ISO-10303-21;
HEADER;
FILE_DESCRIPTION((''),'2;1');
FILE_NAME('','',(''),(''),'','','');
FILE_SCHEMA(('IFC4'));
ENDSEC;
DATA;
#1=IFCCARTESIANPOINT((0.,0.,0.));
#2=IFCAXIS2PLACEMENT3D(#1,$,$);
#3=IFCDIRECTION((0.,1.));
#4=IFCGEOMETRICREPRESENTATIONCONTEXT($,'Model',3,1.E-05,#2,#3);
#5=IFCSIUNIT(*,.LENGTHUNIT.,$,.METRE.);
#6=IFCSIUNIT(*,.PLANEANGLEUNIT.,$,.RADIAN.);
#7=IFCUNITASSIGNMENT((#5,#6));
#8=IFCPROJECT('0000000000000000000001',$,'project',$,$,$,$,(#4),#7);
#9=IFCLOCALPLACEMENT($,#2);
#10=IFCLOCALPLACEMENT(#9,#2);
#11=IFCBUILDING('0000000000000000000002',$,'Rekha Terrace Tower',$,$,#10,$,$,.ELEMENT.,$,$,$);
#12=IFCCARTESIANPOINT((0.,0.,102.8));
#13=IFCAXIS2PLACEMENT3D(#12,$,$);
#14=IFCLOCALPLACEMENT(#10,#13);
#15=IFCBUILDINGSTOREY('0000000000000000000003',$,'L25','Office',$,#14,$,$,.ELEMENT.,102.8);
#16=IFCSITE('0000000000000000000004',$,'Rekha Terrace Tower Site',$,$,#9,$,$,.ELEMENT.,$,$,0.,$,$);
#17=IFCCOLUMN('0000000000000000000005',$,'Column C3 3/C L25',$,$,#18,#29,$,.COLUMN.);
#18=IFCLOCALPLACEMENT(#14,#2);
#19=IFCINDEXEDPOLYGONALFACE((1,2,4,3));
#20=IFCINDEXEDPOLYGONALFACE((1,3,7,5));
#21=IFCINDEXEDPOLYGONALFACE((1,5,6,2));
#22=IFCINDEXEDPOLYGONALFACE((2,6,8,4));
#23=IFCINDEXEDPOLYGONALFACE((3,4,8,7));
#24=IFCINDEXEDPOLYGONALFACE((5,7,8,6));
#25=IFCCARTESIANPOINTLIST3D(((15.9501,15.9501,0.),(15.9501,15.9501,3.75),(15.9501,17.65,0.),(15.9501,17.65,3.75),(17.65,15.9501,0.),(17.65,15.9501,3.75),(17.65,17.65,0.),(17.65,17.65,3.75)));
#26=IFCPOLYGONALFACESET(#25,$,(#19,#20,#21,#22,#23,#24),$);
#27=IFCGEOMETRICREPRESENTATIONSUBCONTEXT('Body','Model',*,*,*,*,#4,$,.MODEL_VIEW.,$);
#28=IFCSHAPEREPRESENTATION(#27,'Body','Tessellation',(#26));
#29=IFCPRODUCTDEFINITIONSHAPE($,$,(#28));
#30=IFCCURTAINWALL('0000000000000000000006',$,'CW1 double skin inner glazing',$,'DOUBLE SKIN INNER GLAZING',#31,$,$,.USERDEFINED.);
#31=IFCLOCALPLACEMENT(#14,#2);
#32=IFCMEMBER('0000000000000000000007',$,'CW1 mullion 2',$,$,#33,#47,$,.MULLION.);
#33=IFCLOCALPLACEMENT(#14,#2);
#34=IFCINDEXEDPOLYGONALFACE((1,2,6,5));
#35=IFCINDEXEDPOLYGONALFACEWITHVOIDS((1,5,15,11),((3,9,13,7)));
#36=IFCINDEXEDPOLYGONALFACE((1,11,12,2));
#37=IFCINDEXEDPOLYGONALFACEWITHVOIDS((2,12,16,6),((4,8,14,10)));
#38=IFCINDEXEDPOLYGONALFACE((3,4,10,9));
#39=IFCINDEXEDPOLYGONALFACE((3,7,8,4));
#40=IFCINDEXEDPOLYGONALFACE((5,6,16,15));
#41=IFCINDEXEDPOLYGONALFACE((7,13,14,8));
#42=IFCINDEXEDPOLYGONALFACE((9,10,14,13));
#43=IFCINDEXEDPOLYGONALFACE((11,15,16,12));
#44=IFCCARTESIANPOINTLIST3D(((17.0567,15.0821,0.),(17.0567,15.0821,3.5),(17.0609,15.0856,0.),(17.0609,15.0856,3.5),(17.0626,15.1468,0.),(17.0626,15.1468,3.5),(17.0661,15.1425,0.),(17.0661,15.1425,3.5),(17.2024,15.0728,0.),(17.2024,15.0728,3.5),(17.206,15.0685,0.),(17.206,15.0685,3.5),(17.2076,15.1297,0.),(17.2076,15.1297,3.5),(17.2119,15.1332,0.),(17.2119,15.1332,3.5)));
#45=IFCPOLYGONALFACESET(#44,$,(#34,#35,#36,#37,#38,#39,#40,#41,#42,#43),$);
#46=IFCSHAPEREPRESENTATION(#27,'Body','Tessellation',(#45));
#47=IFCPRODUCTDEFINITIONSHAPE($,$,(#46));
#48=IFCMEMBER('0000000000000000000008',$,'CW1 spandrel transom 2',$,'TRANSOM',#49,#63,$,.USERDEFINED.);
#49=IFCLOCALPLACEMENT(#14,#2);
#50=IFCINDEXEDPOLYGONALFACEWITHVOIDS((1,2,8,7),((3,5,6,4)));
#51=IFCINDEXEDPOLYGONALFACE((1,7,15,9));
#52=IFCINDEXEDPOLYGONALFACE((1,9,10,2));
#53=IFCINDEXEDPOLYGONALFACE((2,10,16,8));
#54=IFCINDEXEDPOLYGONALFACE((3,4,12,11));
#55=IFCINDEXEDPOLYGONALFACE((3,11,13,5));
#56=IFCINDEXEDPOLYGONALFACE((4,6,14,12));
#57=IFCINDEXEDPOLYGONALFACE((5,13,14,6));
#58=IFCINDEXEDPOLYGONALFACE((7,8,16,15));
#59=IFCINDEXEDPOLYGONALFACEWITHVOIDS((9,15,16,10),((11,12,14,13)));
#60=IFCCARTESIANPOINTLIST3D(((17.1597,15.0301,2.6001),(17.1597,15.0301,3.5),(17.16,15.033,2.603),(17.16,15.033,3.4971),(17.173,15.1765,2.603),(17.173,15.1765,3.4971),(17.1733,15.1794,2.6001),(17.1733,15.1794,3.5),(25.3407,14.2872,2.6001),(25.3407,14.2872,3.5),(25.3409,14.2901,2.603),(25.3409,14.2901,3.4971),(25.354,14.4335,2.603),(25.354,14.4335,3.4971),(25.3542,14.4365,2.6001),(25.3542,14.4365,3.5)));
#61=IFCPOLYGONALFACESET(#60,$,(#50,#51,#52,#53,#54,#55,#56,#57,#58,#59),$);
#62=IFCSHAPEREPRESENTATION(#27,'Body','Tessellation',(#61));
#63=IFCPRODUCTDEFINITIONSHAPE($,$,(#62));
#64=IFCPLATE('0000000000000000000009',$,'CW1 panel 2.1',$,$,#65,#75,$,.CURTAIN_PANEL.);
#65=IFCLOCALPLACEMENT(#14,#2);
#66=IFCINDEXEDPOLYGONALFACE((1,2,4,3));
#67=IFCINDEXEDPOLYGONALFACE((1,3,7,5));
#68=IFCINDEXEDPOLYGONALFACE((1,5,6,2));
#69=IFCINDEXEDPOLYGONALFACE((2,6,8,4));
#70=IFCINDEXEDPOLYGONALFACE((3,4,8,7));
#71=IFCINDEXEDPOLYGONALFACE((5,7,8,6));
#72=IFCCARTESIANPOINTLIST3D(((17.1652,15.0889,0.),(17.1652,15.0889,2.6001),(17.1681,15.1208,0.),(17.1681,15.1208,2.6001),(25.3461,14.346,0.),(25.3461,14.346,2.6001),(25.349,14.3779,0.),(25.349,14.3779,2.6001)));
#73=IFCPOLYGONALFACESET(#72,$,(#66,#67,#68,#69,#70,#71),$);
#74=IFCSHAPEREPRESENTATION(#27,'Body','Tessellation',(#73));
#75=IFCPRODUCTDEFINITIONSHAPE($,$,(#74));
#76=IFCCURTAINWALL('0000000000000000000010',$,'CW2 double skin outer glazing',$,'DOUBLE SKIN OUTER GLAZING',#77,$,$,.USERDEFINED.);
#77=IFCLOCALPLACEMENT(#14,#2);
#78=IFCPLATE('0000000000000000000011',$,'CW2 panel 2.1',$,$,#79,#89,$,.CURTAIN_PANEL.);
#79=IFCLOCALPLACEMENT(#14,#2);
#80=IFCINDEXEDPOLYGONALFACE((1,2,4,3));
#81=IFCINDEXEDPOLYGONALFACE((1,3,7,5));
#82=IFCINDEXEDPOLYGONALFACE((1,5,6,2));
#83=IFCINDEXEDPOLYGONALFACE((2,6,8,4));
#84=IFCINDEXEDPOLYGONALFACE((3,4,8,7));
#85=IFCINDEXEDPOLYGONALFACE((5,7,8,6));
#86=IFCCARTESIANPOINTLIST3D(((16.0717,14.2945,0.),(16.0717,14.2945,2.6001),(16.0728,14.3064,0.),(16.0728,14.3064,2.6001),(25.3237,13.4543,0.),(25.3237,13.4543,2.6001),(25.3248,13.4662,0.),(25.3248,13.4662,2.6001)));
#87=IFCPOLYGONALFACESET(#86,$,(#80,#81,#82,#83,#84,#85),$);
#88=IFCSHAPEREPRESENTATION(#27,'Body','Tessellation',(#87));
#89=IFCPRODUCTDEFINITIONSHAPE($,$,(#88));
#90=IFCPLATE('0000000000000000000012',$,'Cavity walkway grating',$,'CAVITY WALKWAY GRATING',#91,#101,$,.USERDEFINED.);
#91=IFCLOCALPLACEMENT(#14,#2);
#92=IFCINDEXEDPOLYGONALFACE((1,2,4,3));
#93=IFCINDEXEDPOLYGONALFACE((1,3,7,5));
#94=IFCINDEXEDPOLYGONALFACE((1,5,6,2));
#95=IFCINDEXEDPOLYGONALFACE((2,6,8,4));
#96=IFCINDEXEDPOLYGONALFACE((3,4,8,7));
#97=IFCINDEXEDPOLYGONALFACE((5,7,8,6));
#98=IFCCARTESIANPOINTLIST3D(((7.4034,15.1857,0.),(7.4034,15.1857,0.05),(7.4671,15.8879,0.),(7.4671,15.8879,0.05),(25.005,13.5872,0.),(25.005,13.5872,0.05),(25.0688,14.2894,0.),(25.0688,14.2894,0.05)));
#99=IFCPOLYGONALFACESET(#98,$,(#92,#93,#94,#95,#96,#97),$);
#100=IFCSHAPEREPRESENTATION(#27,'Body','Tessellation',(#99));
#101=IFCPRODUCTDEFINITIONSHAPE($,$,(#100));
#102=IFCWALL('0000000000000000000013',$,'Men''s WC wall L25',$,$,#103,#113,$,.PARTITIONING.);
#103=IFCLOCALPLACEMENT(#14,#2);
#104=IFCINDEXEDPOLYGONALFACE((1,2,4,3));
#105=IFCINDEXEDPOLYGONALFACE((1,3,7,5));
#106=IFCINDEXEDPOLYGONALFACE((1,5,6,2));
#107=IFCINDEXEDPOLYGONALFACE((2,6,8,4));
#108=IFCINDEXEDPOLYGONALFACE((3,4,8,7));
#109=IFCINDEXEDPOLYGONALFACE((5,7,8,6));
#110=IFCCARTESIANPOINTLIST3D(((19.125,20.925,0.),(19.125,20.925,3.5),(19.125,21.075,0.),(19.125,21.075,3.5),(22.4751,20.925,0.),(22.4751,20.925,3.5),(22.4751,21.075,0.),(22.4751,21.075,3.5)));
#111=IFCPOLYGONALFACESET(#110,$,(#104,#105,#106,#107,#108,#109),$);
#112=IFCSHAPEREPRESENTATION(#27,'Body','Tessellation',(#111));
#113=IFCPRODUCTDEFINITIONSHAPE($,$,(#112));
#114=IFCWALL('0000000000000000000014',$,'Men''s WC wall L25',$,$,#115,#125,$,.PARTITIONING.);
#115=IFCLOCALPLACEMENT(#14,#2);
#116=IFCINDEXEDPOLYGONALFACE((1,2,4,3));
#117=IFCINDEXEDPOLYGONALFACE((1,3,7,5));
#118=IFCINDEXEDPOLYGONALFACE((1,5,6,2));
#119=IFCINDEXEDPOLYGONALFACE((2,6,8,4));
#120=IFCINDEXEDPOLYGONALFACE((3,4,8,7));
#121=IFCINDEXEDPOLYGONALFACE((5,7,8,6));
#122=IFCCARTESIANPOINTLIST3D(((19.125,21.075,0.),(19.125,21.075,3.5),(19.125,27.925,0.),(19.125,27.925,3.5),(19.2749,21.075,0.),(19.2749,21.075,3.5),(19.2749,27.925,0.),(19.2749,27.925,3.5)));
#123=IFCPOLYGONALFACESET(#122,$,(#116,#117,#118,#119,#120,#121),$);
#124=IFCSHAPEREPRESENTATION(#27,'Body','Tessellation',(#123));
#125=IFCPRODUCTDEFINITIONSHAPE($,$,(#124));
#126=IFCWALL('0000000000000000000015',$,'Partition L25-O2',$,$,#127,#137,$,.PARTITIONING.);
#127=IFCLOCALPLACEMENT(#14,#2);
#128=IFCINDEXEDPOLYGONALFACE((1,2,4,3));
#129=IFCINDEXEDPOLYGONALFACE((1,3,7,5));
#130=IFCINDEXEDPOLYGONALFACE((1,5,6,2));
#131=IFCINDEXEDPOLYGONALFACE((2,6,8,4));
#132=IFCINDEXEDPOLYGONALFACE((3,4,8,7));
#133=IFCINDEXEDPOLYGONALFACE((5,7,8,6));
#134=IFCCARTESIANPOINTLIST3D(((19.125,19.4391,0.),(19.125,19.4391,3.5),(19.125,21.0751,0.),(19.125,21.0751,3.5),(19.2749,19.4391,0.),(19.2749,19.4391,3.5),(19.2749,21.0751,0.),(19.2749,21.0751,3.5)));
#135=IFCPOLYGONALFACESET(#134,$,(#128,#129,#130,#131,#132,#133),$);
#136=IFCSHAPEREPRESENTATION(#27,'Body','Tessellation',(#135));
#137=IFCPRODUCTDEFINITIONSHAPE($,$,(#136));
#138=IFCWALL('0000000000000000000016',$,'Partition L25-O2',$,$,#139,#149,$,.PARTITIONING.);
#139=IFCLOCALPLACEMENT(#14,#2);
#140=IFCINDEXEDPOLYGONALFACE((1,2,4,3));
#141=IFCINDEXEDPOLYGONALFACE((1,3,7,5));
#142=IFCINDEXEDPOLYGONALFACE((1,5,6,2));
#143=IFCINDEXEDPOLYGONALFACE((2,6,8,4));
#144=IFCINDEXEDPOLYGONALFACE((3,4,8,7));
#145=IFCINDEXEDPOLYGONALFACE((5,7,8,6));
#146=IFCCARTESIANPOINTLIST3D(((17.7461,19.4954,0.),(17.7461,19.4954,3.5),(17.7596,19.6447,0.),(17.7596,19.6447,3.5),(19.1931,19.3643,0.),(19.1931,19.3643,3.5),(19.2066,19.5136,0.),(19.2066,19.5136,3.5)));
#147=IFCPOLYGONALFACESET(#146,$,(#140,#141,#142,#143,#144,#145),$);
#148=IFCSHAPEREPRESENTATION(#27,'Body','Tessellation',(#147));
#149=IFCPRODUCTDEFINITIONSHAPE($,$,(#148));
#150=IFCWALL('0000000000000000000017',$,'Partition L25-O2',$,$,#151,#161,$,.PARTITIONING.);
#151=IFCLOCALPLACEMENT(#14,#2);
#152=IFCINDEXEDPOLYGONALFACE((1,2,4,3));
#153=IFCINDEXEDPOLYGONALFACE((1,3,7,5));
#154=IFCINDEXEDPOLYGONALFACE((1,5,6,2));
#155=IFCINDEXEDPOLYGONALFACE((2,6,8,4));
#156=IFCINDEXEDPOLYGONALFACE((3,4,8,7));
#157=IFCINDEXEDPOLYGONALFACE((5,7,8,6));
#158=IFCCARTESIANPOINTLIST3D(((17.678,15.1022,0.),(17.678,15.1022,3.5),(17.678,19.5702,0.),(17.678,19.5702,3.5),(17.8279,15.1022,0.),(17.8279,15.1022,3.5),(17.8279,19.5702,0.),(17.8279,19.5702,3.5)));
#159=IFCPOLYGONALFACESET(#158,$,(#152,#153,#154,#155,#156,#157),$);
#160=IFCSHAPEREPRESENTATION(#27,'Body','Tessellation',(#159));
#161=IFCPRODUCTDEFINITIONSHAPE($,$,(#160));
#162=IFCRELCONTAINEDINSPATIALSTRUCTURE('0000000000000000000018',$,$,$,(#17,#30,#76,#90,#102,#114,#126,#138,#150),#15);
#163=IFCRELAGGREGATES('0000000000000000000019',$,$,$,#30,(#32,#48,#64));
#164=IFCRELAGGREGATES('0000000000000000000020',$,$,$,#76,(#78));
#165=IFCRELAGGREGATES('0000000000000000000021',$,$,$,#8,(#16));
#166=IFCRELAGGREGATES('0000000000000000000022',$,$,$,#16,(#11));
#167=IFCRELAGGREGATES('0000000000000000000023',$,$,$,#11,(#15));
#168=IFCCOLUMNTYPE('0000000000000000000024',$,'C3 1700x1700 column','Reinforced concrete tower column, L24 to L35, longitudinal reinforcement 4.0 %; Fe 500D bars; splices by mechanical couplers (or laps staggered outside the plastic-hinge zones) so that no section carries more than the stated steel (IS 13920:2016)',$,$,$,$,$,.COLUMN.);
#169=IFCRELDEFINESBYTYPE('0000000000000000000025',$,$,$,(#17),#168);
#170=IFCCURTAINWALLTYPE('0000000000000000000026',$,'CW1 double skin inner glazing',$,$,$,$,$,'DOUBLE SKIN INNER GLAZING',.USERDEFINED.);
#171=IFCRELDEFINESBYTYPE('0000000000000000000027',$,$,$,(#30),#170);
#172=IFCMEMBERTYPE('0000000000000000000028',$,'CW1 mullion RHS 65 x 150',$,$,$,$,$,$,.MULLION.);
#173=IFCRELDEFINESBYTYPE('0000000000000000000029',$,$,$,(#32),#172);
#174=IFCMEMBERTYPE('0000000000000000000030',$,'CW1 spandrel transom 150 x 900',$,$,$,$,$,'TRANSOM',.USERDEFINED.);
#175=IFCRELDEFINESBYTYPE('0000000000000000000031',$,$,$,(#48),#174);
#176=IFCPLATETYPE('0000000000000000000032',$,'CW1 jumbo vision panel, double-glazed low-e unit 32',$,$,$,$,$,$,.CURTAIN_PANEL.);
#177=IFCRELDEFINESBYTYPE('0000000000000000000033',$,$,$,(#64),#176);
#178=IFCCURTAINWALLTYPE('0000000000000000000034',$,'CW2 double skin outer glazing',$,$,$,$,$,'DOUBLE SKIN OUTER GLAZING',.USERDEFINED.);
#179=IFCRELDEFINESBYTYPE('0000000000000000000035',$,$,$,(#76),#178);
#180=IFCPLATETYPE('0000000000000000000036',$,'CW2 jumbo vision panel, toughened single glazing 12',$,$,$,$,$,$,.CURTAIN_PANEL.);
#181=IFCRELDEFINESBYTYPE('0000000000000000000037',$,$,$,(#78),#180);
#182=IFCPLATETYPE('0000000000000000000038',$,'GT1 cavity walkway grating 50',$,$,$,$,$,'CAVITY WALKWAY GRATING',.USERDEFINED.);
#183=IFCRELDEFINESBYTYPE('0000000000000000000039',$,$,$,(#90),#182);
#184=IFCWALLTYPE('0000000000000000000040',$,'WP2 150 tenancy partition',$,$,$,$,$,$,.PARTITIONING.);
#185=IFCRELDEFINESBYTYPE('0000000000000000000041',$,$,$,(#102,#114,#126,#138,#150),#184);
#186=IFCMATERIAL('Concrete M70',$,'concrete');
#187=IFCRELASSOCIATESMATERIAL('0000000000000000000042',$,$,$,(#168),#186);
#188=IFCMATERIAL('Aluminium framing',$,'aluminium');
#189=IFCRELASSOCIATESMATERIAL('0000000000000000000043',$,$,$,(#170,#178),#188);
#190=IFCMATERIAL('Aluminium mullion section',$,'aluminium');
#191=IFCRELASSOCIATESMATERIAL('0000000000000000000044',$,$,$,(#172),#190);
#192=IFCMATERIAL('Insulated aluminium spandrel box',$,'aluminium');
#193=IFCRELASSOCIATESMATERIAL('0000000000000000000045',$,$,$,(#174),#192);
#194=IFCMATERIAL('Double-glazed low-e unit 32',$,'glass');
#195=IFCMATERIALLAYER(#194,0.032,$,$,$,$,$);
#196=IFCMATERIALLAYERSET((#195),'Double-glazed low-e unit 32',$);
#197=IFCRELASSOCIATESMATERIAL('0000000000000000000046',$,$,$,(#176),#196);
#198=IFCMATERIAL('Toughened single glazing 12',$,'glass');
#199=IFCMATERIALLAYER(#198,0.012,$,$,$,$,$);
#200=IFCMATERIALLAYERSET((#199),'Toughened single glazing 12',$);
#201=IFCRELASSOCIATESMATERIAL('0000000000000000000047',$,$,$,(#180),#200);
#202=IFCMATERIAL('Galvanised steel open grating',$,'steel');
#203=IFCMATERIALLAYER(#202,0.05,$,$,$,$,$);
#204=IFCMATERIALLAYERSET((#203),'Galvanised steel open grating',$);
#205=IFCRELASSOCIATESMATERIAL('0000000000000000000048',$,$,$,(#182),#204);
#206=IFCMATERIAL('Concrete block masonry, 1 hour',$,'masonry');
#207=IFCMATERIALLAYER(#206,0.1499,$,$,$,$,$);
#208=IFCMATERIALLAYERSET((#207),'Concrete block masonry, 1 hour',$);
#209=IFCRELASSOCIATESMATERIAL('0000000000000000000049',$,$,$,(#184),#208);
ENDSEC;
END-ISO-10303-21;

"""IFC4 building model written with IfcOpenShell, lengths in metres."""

from ifc_helpers import new_model, si_unit, direction, frame, frame_2d, origin, origin_2d, place, context, subcontext, project, spatial, rectangle, hollow_rectangle, extrude, material, layer, layer_set, material_profile, profile_set, type_object, element, aggregate, save


model = new_model("IFC4")

# Units and contexts
model_context = context("Model", 3, precision=1e-05, world=origin(), true_north=direction((0.0, 1.0)))
body_context = subcontext(model_context, "Body", "Model", "MODEL_VIEW")
ifc_project = project(units=[si_unit("LENGTHUNIT", "METRE"), si_unit("PLANEANGLEUNIT", "RADIAN")], contexts=[model_context])

# Site, building, storey
site_placement = place(None, origin())
site = spatial("IfcSite", under=ifc_project, at=site_placement, Name="Rekha Terrace Tower Site", CompositionType="ELEMENT", RefElevation=0.0)
building_placement = place(site_placement, origin())
building = spatial("IfcBuilding", under=site, at=building_placement, Name="Rekha Terrace Tower", CompositionType="ELEMENT")
storey_placement = place(building_placement, frame((0.0, 0.0, 102.8)))
storey = spatial("IfcBuildingStorey", under=building, at=storey_placement, Name="L25", Description="Office", CompositionType="ELEMENT", Elevation=102.8)

# Column
ifc_material_1 = material(Name="Concrete M70", Category="concrete")
ifc_material_profile_1 = material_profile(ifc_material_1, rectangle(XDim=1.7, YDim=1.7, at=origin_2d()), Name="RC 1700x1700")
ifc_profile_set_1 = profile_set([ifc_material_profile_1], Name="Concrete M70")
column_type = type_object("IfcColumnType", Name="C3 1700x1700 column", Description="Reinforced concrete tower column, L24 to L35, longitudinal reinforcement 4.0 %; Fe 500D bars; splices by mechanical couplers (or laps staggered outside the plastic-hinge zones) so that no section carries more than the stated steel (IS 13920:2016)", PredefinedType="COLUMN", material=ifc_profile_set_1)
column_placement = place(storey_placement, frame((16.8, 16.8, 0.0), z_axis=(0.0, 0.0, 1.0), x_axis=(1.0, 0.0, 0.0)))
element("IfcColumn", 1, at=column_placement, inside=storey, type_object=column_type, Name="Column C3 3/C L25", PredefinedType="COLUMN", context=body_context, shape_type="SweptSolid", body=[
    extrude(rectangle(XDim=1.7, YDim=1.7, at=origin_2d()), origin(), (0.0, 0.0, 1.0), 3.75),
])

# Curtain wall, members, plate
ifc_material_2 = material(Name="Aluminium framing", Category="aluminium")
curtain_wall_type_1 = type_object("IfcCurtainWallType", Name="CW1 double skin inner glazing", ElementType="DOUBLE SKIN INNER GLAZING", PredefinedType="USERDEFINED", material=ifc_material_2)
curtain_wall_1_placement = place(storey_placement, origin())
curtain_wall_1 = element("IfcCurtainWall", 2, at=curtain_wall_1_placement, inside=storey, type_object=curtain_wall_type_1, Name="CW1 double skin inner glazing", ObjectType="DOUBLE SKIN INNER GLAZING", PredefinedType="USERDEFINED")
ifc_material_3 = material(Name="Aluminium mullion section", Category="aluminium")
ifc_material_profile_2 = material_profile(ifc_material_3, hollow_rectangle(XDim=0.0649, YDim=0.1499, WallThickness=0.0039, at=origin_2d()), Name="AL RHS 65x150")
ifc_profile_set_2 = profile_set([ifc_material_profile_2], Name="Aluminium mullion section")
member_type_1 = type_object("IfcMemberType", Name="CW1 mullion RHS 65 x 150", PredefinedType="MULLION", material=ifc_profile_set_2)
member_1_placement = place(storey_placement, frame((17.1343, 15.1077, 0.0), z_axis=(0.0, 0.0, 1.0), x_axis=(0.09044, 0.995902, 0.0)))
member_1 = element("IfcMember", 3, at=member_1_placement, type_object=member_type_1, Name="CW1 mullion 2", PredefinedType="MULLION", context=body_context, shape_type="SweptSolid", body=[
    extrude(hollow_rectangle(XDim=0.0649, YDim=0.1499, WallThickness=0.0039, at=origin_2d()), origin(), (0.0, 0.0, 1.0), 3.5),
])
ifc_material_4 = material(Name="Insulated aluminium spandrel box", Category="aluminium")
ifc_material_profile_3 = material_profile(ifc_material_4, hollow_rectangle(XDim=0.1499, YDim=0.8999, WallThickness=0.0029, at=origin_2d()), Name="AL SPANDREL BOX 150x900")
ifc_profile_set_3 = profile_set([ifc_material_profile_3], Name="Insulated aluminium spandrel box")
member_type_2 = type_object("IfcMemberType", Name="CW1 spandrel transom 150 x 900", ElementType="TRANSOM", PredefinedType="USERDEFINED", material=ifc_profile_set_3)
member_2_placement = place(storey_placement, frame((17.1665, 15.1047, 3.05), z_axis=(0.995902, -0.090439, 0.0), x_axis=(0.090439, 0.995902, 0.0)))
member_2 = element("IfcMember", 4, at=member_2_placement, type_object=member_type_2, Name="CW1 spandrel transom 2", ObjectType="TRANSOM", PredefinedType="USERDEFINED", context=body_context, shape_type="SweptSolid", body=[
    extrude(hollow_rectangle(XDim=0.1499, YDim=0.8999, WallThickness=0.0029, at=origin_2d()), origin(), (0.0, 0.0, 1.0), 8.2146),
])
ifc_material_5 = material(Name="Double-glazed low-e unit 32", Category="glass")
ifc_layer_1 = layer(ifc_material_5, 0.032)
ifc_layer_set_1 = layer_set([ifc_layer_1], Name="Double-glazed low-e unit 32")
plate_type_1 = type_object("IfcPlateType", Name="CW1 jumbo vision panel, double-glazed low-e unit 32", PredefinedType="CURTAIN_PANEL", material=ifc_layer_set_1)
plate_1_placement = place(storey_placement, frame((21.2571, 14.7334, 0.0), z_axis=(0.0, 0.0, 1.0), x_axis=(0.995902, -0.09044, 0.0)))
plate_1 = element("IfcPlate", 5, at=plate_1_placement, type_object=plate_type_1, Name="CW1 panel 2.1", PredefinedType="CURTAIN_PANEL", context=body_context, shape_type="SweptSolid", body=[
    extrude(rectangle(XDim=8.2146, YDim=0.032, at=origin_2d()), origin(), (0.0, 0.0, 1.0), 2.6001),
])
aggregate(curtain_wall_1, [member_1, member_2, plate_1])

# Curtain wall, plate
curtain_wall_type_2 = type_object("IfcCurtainWallType", Name="CW2 double skin outer glazing", ElementType="DOUBLE SKIN OUTER GLAZING", PredefinedType="USERDEFINED", material=ifc_material_2)
curtain_wall_2_placement = place(storey_placement, origin())
curtain_wall_2 = element("IfcCurtainWall", 6, at=curtain_wall_2_placement, inside=storey, type_object=curtain_wall_type_2, Name="CW2 double skin outer glazing", ObjectType="DOUBLE SKIN OUTER GLAZING", PredefinedType="USERDEFINED")
ifc_material_6 = material(Name="Toughened single glazing 12", Category="glass")
ifc_layer_2 = layer(ifc_material_6, 0.012)
ifc_layer_set_2 = layer_set([ifc_layer_2], Name="Toughened single glazing 12")
plate_type_2 = type_object("IfcPlateType", Name="CW2 jumbo vision panel, toughened single glazing 12", PredefinedType="CURTAIN_PANEL", material=ifc_layer_set_2)
plate_2_placement = place(storey_placement, frame((20.6982, 13.8804, 0.0), z_axis=(0.0, 0.0, 1.0), x_axis=(0.995902, -0.09044, 0.0)))
plate_2 = element("IfcPlate", 7, at=plate_2_placement, type_object=plate_type_2, Name="CW2 panel 2.1", PredefinedType="CURTAIN_PANEL", context=body_context, shape_type="SweptSolid", body=[
    extrude(rectangle(XDim=9.29, YDim=0.012, at=origin_2d()), origin(), (0.0, 0.0, 1.0), 2.6001),
])
aggregate(curtain_wall_2, [plate_2])

# Plate
ifc_material_7 = material(Name="Galvanised steel open grating", Category="steel")
ifc_layer_3 = layer(ifc_material_7, 0.05)
ifc_layer_set_3 = layer_set([ifc_layer_3], Name="Galvanised steel open grating")
plate_type_3 = type_object("IfcPlateType", Name="GT1 cavity walkway grating 50", ElementType="CAVITY WALKWAY GRATING", PredefinedType="USERDEFINED", material=ifc_layer_set_3)
plate_3_placement = place(storey_placement, frame((16.2361, 14.7375, 0.0), z_axis=(0.0, 0.0, 1.0), x_axis=(0.995902, -0.09044, 0.0)))
element("IfcPlate", 8, at=plate_3_placement, inside=storey, type_object=plate_type_3, Name="Cavity walkway grating", ObjectType="CAVITY WALKWAY GRATING", PredefinedType="USERDEFINED", context=body_context, shape_type="SweptSolid", body=[
    extrude(rectangle(XDim=17.6741, YDim=0.7051, at=origin_2d()), origin(), (0.0, 0.0, 1.0), 0.05),
])

# Walls
ifc_material_8 = material(Name="Concrete block masonry, 1 hour", Category="masonry")
ifc_layer_4 = layer(ifc_material_8, 0.1499)
ifc_layer_set_4 = layer_set([ifc_layer_4], Name="Concrete block masonry, 1 hour")
wall_type_1 = type_object("IfcWallType", Name="WP2 150 tenancy partition", PredefinedType="PARTITIONING", material=ifc_layer_set_4)
wall_1_placement = place(storey_placement, frame((19.125, 21.0, 0.0), z_axis=(0.0, 0.0, 1.0), x_axis=(1.0, 0.0, 0.0)))
element("IfcWall", 9, at=wall_1_placement, inside=storey, type_object=wall_type_1, Name="Men's WC wall L25", PredefinedType="PARTITIONING", context=body_context, shape_type="SweptSolid", body=[
    extrude(rectangle(XDim=3.3501, YDim=0.1499, at=frame_2d((1.675, 0.0))), origin(), (0.0, 0.0, 1.0), 3.5),
])
wall_2_placement = place(storey_placement, frame((19.2, 21.075, 0.0), z_axis=(0.0, 0.0, 1.0), x_axis=(0.0, 1.0, 0.0)))
element("IfcWall", 10, at=wall_2_placement, inside=storey, type_object=wall_type_1, Name="Men's WC wall L25", PredefinedType="PARTITIONING", context=body_context, shape_type="SweptSolid", body=[
    extrude(rectangle(XDim=6.8501, YDim=0.1499, at=frame_2d((3.425, 0.0))), origin(), (0.0, 0.0, 1.0), 3.5),
])
wall_3_placement = place(storey_placement, frame((19.2, 21.075, 0.0), z_axis=(0.0, 0.0, 1.0), x_axis=(0.0, -1.0, 0.0)))
element("IfcWall", 11, at=wall_3_placement, inside=storey, type_object=wall_type_1, Name="Partition L25-O2", PredefinedType="PARTITIONING", context=body_context, shape_type="SweptSolid", body=[
    extrude(rectangle(XDim=1.636, YDim=0.1499, at=frame_2d((0.8179, 0.0))), origin(), (0.0, 0.0, 1.0), 3.5),
])
wall_4_placement = place(storey_placement, frame((19.2, 19.439, 0.0), z_axis=(0.0, 0.0, 1.0), x_axis=(-0.995921, 0.090233, 0.0)))
element("IfcWall", 12, at=wall_4_placement, inside=storey, type_object=wall_type_1, Name="Partition L25-O2", PredefinedType="PARTITIONING", context=body_context, shape_type="SweptSolid", body=[
    extrude(rectangle(XDim=1.4529, YDim=0.1499, at=frame_2d((0.7266, 0.0))), origin(), (0.0, 0.0, 1.0), 3.5),
])
wall_5_placement = place(storey_placement, frame((17.7529, 19.5701, 0.0), z_axis=(0.0, 0.0, 1.0), x_axis=(0.0, -1.0, 0.0)))
element("IfcWall", 13, at=wall_5_placement, inside=storey, type_object=wall_type_1, Name="Partition L25-O2", PredefinedType="PARTITIONING", context=body_context, shape_type="SweptSolid", body=[
    extrude(rectangle(XDim=4.468, YDim=0.1499, at=frame_2d((2.2339, 0.0))), origin(), (0.0, 0.0, 1.0), 3.5),
])

save(model, "model.ifc")
